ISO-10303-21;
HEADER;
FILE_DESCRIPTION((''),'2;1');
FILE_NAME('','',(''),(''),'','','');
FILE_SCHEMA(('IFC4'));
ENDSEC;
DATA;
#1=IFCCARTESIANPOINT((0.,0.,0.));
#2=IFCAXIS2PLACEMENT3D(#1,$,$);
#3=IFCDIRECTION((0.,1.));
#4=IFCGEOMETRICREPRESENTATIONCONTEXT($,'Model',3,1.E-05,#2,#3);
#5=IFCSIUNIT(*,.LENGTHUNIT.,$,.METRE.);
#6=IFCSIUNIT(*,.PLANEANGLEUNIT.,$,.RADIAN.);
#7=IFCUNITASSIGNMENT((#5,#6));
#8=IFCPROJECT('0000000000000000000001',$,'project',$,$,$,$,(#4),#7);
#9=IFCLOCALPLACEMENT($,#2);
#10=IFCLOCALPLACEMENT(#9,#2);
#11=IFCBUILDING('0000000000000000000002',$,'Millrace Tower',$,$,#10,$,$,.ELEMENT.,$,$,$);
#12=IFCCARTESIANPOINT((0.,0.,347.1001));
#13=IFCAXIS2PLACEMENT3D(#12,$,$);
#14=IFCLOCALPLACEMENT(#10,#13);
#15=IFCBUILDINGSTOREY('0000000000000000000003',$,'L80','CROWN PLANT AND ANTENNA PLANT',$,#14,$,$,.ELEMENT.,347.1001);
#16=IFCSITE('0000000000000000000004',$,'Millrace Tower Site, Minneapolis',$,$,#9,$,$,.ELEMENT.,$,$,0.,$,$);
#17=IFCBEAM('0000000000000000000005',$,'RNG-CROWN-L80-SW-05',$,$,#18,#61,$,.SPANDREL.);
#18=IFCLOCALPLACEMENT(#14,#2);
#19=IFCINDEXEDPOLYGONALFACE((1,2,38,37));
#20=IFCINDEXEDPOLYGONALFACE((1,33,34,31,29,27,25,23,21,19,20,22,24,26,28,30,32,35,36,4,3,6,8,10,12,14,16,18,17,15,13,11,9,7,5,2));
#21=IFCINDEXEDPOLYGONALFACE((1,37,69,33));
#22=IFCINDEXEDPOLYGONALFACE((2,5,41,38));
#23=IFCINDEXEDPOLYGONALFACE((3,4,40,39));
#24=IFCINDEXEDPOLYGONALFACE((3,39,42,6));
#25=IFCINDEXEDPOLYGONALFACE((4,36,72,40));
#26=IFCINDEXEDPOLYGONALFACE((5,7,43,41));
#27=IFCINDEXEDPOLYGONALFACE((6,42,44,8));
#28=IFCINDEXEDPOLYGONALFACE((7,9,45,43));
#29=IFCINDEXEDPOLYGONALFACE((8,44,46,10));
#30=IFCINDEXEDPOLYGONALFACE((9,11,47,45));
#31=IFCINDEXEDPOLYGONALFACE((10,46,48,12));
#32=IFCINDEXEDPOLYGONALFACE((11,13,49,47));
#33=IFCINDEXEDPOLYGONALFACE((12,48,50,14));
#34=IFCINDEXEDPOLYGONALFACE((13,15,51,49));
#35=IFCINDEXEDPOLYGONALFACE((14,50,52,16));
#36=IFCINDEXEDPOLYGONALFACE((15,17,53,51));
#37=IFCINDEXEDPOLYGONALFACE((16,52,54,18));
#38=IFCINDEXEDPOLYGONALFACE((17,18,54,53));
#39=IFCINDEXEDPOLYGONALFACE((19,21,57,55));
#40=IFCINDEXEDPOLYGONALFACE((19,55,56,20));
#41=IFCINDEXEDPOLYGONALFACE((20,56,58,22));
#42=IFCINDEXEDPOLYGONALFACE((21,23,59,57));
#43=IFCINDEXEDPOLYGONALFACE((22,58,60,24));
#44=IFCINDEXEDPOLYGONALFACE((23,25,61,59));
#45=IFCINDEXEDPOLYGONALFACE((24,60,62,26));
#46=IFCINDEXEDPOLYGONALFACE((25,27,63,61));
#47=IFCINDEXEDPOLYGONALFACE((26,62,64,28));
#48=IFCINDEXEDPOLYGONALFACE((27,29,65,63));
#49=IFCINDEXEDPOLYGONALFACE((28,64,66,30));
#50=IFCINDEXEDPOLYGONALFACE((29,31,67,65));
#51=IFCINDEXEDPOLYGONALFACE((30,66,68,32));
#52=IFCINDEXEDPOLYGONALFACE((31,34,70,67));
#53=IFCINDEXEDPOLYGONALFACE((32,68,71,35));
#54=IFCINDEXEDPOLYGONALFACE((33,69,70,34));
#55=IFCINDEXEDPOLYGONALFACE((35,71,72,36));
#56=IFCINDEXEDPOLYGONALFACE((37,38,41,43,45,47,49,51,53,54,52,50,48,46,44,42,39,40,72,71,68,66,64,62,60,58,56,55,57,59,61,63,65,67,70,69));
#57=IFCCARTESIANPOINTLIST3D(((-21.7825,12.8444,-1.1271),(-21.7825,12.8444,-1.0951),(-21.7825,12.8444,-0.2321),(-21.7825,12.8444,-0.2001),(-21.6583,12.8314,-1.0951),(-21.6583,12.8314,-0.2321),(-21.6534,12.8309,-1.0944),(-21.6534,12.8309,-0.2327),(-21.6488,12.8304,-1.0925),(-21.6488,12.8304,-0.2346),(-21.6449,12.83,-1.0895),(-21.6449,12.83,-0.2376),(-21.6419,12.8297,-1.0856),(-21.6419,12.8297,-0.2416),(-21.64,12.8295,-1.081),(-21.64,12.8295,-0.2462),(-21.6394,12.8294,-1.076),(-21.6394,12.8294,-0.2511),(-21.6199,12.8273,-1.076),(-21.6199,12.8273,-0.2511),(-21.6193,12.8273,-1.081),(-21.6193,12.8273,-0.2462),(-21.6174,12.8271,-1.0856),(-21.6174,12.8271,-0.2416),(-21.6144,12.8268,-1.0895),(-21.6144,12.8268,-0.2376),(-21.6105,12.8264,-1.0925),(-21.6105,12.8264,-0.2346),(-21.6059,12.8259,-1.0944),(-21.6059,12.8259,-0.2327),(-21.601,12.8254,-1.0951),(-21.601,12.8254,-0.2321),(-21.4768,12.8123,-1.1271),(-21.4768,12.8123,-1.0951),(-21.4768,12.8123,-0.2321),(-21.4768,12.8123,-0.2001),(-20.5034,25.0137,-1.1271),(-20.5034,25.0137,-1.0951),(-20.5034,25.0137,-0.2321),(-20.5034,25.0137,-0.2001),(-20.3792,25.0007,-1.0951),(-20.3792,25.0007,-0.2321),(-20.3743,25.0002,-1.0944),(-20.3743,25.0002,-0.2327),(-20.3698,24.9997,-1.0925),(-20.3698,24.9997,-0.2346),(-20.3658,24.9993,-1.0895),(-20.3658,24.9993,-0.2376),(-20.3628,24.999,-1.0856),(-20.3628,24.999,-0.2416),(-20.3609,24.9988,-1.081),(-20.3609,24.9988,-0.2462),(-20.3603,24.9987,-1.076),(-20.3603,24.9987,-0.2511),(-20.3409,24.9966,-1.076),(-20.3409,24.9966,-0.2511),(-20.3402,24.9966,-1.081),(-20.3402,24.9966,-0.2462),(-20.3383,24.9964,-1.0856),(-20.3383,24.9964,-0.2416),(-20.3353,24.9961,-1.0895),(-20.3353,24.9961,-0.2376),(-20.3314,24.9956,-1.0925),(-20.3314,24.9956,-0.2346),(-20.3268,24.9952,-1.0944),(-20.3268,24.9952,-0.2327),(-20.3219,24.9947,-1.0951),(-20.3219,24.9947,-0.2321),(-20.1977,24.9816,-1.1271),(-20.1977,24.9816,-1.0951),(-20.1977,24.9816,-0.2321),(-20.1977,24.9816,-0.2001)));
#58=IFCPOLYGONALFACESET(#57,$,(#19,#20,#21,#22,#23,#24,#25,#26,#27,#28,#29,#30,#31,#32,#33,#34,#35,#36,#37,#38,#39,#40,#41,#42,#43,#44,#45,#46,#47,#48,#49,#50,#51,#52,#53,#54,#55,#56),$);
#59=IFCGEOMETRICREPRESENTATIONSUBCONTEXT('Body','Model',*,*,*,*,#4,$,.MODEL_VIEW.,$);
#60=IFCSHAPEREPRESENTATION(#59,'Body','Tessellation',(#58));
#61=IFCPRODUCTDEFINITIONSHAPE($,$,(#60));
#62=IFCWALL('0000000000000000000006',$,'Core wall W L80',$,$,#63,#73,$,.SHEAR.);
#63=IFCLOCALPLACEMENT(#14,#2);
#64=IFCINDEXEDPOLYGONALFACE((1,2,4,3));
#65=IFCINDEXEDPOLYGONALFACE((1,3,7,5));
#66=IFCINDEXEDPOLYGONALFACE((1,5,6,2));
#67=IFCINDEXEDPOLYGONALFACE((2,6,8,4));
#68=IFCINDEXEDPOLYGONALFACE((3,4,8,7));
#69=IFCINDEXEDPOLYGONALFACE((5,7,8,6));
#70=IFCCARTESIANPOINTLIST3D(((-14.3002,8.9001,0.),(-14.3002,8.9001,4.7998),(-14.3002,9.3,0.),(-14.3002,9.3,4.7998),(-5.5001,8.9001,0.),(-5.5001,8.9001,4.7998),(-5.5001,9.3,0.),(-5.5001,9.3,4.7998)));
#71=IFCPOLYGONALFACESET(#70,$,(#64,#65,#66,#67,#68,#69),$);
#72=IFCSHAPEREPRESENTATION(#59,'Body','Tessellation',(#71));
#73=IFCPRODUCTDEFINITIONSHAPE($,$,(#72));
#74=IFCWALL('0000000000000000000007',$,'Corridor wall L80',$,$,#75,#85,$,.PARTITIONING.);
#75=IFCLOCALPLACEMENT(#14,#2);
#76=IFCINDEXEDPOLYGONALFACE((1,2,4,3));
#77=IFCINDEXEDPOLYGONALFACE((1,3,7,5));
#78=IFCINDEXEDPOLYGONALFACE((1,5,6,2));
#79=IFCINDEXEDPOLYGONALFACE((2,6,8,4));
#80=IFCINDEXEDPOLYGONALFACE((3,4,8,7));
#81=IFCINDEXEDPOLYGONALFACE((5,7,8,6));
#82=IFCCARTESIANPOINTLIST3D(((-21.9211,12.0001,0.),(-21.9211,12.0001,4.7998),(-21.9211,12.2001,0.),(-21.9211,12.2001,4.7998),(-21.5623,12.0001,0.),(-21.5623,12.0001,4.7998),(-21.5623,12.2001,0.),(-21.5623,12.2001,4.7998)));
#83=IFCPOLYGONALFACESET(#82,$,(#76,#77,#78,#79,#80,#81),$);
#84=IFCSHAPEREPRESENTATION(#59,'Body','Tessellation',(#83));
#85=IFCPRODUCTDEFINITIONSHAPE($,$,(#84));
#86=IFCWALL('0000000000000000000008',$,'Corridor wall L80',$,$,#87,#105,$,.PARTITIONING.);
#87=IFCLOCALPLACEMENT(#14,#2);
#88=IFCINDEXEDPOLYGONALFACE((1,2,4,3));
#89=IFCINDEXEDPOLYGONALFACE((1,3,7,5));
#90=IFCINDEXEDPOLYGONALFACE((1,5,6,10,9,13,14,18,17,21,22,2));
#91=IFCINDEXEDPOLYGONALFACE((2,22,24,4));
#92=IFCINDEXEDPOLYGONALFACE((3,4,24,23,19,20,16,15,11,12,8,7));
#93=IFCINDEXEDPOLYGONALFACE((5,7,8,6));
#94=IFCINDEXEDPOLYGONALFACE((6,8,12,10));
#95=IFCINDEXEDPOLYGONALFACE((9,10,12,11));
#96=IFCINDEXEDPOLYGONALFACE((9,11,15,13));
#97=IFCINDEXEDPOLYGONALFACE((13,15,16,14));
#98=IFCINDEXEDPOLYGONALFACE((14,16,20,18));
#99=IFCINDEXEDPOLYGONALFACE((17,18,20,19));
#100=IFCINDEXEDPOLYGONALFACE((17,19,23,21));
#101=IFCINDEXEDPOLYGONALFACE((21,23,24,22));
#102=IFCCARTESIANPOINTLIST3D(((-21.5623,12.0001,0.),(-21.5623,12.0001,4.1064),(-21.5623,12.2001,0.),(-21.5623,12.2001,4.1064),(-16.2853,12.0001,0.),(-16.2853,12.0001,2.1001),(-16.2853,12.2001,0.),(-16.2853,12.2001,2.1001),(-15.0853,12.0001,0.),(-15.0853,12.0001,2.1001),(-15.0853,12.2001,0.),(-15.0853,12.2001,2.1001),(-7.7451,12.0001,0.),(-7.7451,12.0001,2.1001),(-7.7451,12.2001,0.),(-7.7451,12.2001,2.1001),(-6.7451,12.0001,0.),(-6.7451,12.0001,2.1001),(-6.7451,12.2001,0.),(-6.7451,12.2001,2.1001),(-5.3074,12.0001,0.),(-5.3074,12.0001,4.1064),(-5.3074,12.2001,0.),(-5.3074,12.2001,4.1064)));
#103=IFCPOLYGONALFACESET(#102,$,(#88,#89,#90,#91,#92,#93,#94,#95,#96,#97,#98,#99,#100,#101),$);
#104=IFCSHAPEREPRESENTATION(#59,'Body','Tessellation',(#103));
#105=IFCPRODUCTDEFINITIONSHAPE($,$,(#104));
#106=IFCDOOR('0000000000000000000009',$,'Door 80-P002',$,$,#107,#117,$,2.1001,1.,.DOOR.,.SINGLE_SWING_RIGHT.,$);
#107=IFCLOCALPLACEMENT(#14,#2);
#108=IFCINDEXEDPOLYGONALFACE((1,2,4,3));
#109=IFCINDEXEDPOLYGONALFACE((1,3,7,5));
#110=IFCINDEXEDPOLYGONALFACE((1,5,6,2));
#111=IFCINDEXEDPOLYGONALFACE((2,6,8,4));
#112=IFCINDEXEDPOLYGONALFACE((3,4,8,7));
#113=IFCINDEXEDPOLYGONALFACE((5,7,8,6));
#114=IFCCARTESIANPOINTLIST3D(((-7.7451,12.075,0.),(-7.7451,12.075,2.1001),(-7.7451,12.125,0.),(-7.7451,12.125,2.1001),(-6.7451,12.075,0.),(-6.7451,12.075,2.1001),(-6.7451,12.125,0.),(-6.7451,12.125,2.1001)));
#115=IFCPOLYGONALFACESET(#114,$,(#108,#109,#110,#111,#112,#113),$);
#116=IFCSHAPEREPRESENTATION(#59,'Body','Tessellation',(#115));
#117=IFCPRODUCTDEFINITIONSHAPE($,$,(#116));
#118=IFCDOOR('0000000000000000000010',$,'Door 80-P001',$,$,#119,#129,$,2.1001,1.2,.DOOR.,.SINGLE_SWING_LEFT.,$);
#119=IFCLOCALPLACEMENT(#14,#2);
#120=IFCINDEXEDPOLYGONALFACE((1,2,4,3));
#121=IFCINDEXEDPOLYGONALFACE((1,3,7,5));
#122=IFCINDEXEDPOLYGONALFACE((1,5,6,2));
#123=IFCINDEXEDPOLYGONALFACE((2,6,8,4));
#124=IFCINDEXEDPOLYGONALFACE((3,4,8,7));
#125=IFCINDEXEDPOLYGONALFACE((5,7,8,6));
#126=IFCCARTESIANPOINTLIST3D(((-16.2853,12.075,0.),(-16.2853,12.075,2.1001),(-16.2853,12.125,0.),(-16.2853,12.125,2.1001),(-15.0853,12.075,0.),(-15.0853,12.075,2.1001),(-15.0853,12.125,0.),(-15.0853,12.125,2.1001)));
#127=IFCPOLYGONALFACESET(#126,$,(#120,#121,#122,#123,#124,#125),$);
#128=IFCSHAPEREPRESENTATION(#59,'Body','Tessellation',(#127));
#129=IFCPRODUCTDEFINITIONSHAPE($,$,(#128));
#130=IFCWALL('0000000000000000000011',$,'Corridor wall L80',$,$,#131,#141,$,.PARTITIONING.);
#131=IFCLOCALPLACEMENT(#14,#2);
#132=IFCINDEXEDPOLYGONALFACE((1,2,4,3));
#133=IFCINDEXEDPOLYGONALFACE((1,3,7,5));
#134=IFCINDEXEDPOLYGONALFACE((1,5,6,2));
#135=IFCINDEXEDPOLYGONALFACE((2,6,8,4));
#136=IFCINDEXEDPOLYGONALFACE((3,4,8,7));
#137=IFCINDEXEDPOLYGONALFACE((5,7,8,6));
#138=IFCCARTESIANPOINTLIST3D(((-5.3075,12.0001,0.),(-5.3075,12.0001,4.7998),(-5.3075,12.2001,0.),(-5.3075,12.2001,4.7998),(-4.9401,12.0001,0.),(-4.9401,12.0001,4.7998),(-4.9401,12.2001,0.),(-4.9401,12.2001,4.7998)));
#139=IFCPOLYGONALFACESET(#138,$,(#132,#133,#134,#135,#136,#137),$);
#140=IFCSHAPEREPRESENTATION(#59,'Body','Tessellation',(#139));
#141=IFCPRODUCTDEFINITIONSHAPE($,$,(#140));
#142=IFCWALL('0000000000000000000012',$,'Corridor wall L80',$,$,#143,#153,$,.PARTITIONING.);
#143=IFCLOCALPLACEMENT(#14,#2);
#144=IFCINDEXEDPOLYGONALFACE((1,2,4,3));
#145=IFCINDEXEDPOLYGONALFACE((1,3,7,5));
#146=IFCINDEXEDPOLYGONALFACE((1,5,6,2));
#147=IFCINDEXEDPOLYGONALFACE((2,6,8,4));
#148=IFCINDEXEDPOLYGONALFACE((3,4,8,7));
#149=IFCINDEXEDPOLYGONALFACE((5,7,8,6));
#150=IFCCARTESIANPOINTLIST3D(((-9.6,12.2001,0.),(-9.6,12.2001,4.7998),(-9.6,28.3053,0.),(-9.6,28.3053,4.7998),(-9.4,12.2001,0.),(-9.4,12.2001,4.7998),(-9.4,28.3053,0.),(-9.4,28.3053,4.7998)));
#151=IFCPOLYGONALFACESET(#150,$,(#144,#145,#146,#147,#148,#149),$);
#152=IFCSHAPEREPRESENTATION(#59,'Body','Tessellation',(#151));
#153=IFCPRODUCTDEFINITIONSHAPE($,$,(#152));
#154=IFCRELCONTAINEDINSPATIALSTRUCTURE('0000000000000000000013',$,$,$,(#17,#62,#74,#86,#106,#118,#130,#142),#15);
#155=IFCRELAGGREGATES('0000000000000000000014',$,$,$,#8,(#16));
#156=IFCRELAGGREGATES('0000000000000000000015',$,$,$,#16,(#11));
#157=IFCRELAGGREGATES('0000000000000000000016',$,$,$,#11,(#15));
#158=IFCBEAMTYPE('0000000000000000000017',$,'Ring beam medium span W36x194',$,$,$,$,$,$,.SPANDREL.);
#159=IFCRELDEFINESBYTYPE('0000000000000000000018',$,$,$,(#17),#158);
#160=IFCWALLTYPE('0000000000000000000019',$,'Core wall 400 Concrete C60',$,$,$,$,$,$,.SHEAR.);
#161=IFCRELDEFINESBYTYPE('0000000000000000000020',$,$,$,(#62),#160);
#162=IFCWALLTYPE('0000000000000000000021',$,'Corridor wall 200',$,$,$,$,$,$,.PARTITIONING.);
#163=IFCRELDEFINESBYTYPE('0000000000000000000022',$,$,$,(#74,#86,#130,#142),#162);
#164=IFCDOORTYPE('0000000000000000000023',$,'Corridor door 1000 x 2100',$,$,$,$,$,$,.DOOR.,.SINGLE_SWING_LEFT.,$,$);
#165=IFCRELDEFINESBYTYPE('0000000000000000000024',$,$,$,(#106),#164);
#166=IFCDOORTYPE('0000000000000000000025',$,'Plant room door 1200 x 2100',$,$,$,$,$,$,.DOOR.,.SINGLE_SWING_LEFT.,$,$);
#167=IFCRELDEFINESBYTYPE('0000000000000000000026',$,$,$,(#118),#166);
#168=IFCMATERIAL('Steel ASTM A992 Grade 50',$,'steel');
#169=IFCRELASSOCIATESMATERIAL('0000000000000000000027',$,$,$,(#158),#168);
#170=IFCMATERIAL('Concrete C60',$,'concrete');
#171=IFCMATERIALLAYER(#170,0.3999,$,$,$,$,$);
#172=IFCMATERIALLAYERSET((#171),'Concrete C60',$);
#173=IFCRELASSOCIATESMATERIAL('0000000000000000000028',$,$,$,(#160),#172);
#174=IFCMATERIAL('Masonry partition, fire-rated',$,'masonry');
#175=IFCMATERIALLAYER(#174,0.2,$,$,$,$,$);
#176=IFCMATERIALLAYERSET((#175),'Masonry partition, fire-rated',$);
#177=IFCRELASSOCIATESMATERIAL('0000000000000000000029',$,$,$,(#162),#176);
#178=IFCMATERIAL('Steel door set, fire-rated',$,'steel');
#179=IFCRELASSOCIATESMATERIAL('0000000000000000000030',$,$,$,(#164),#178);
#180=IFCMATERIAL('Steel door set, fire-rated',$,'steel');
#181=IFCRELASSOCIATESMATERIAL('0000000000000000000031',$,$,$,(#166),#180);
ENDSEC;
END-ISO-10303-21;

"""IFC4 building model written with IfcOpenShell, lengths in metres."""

from ifc_helpers import new_model, si_unit, direction, frame, frame_2d, origin, origin_2d, place, context, subcontext, project, spatial, rectangle, i_section, extrude, material, layer, layer_set, material_profile, profile_set, type_object, element, fill, save


model = new_model("IFC4")

# Units and contexts
model_context = context("Model", 3, precision=1e-05, world=origin(), true_north=direction((0.0, 1.0)))
body_context = subcontext(model_context, "Body", "Model", "MODEL_VIEW")
ifc_project = project(units=[si_unit("LENGTHUNIT", "METRE"), si_unit("PLANEANGLEUNIT", "RADIAN")], contexts=[model_context])

# Site, building, storey
site_placement = place(None, origin())
site = spatial("IfcSite", under=ifc_project, at=site_placement, Name="Millrace Tower Site, Minneapolis", CompositionType="ELEMENT", RefElevation=0.0)
building_placement = place(site_placement, origin())
building = spatial("IfcBuilding", under=site, at=building_placement, Name="Millrace Tower", CompositionType="ELEMENT")
storey_placement = place(building_placement, frame((0.0, 0.0, 347.1001)))
storey = spatial("IfcBuildingStorey", under=building, at=storey_placement, Name="L80", Description="CROWN PLANT AND ANTENNA PLANT", CompositionType="ELEMENT", Elevation=347.1001)

# Beam
ifc_material_1 = material(Name="Steel ASTM A992 Grade 50", Category="steel")
ifc_material_profile_1 = material_profile(ifc_material_1, i_section(OverallWidth=0.3074, OverallDepth=0.927, WebThickness=0.0195, FlangeThickness=0.032, FilletRadius=0.019, at=origin_2d()))
ifc_profile_set_1 = profile_set([ifc_material_profile_1], Name="Steel ASTM A992 Grade 50")
beam_type_1 = type_object("IfcBeamType", Name="Ring beam medium span W36x194", PredefinedType="SPANDREL", material=ifc_profile_set_1)
beam_1_placement = place(storey_placement, frame((-21.6296, 12.8284, -0.6636), z_axis=(0.10453, 0.994522, 0.0), x_axis=(-0.994522, 0.10453, 0.0)))
element("IfcBeam", 1, at=beam_1_placement, inside=storey, type_object=beam_type_1, Name="RNG-CROWN-L80-SW-05", PredefinedType="SPANDREL", context=body_context, shape_type="SweptSolid", body=[
    extrude(i_section(OverallWidth=0.3074, OverallDepth=0.927, WebThickness=0.0195, FlangeThickness=0.032, FilletRadius=0.019, at=origin_2d()), origin(), (0.0, 0.0, 1.0), 12.2363),
])

# Walls
ifc_material_2 = material(Name="Concrete C60", Category="concrete")
ifc_layer_1 = layer(ifc_material_2, 0.3999)
ifc_layer_set_1 = layer_set([ifc_layer_1], Name="Concrete C60")
wall_type_1 = type_object("IfcWallType", Name="Core wall 400 Concrete C60", PredefinedType="SHEAR", material=ifc_layer_set_1)
wall_1_placement = place(storey_placement, frame((-14.3, 9.1001, 0.0), z_axis=(0.0, 0.0, 1.0), x_axis=(1.0, 0.0, 0.0)))
element("IfcWall", 2, at=wall_1_placement, inside=storey, type_object=wall_type_1, Name="Core wall W L80", PredefinedType="SHEAR", context=body_context, shape_type="SweptSolid", body=[
    extrude(rectangle(XDim=8.8, YDim=0.3999, at=frame_2d((4.3999, 0.0))), origin(), (0.0, 0.0, 1.0), 4.7998),
])
ifc_material_3 = material(Name="Masonry partition, fire-rated", Category="masonry")
ifc_layer_2 = layer(ifc_material_3, 0.2)
ifc_layer_set_2 = layer_set([ifc_layer_2], Name="Masonry partition, fire-rated")
wall_type_2 = type_object("IfcWallType", Name="Corridor wall 200", PredefinedType="PARTITIONING", material=ifc_layer_set_2)
wall_2_placement = place(storey_placement, frame((-21.9211, 12.1001, 0.0), z_axis=(0.0, 0.0, 1.0), x_axis=(1.0, 0.0, 0.0)))
element("IfcWall", 3, at=wall_2_placement, inside=storey, type_object=wall_type_2, Name="Corridor wall L80", PredefinedType="PARTITIONING", context=body_context, shape_type="SweptSolid", body=[
    extrude(rectangle(XDim=0.3589, YDim=0.2, at=frame_2d((0.1794, 0.0))), origin(), (0.0, 0.0, 1.0), 4.7998),
])

# Wall, openings, doors
wall_3_placement = place(storey_placement, frame((-21.5623, 12.1001, 0.0), z_axis=(0.0, 0.0, 1.0), x_axis=(1.0, 0.0, 0.0)))
wall_3 = element("IfcWall", 4, at=wall_3_placement, inside=storey, type_object=wall_type_2, Name="Corridor wall L80", PredefinedType="PARTITIONING", context=body_context, shape_type="SweptSolid", body=[
    extrude(rectangle(XDim=16.2549, YDim=0.2, at=frame_2d((8.1274, 0.0))), origin(), (0.0, 0.0, 1.0), 4.1064),
])
opening_1_placement = place(wall_3_placement, frame((5.2769, 0.0, 0.0)))
opening_1 = element("IfcOpeningElement", 5, at=opening_1_placement, cuts=wall_3, PredefinedType="OPENING", context=body_context, shape_type="SweptSolid", body=[
    extrude(rectangle(XDim=1.2, YDim=2.1001, at=frame_2d((0.6001, 1.05))), frame((0.0, 0.1099, 0.0), z_axis=(0.0, -1.0, 0.0), x_axis=(1.0, 0.0, 0.0)), (0.0, 0.0, 1.0), 0.22),
])
opening_2_placement = place(wall_3_placement, frame((13.8171, 0.0, 0.0)))
opening_2 = element("IfcOpeningElement", 6, at=opening_2_placement, cuts=wall_3, PredefinedType="OPENING", context=body_context, shape_type="SweptSolid", body=[
    extrude(rectangle(XDim=1.0, YDim=2.1001, at=frame_2d((0.5, 1.05))), frame((0.0, 0.1099, 0.0), z_axis=(0.0, -1.0, 0.0), x_axis=(1.0, 0.0, 0.0)), (0.0, 0.0, 1.0), 0.22),
])
ifc_material_4 = material(Name="Steel door set, fire-rated", Category="steel")
door_type_1 = type_object("IfcDoorType", Name="Corridor door 1000 x 2100", OperationType="SINGLE_SWING_LEFT", PredefinedType="DOOR", material=ifc_material_4)
door_1_placement = place(opening_2_placement, origin())
door_1 = element("IfcDoor", 7, at=door_1_placement, inside=storey, type_object=door_type_1, Name="Door 80-P002", OperationType="SINGLE_SWING_RIGHT", OverallHeight=2.1001, OverallWidth=1.0, PredefinedType="DOOR", context=body_context, shape_type="SweptSolid", body=[
    extrude(rectangle(XDim=1.0, YDim=2.1001, at=frame_2d((0.5, 1.05))), frame((0.0, 0.0249, 0.0), z_axis=(0.0, -1.0, 0.0), x_axis=(1.0, 0.0, 0.0)), (0.0, 0.0, 1.0), 0.05),
])
fill(opening_2, door_1)
ifc_material_5 = material(Name="Steel door set, fire-rated", Category="steel")
door_type_2 = type_object("IfcDoorType", Name="Plant room door 1200 x 2100", OperationType="SINGLE_SWING_LEFT", PredefinedType="DOOR", material=ifc_material_5)
door_2_placement = place(opening_1_placement, origin())
door_2 = element("IfcDoor", 8, at=door_2_placement, inside=storey, type_object=door_type_2, Name="Door 80-P001", OperationType="SINGLE_SWING_LEFT", OverallHeight=2.1001, OverallWidth=1.2, PredefinedType="DOOR", context=body_context, shape_type="SweptSolid", body=[
    extrude(rectangle(XDim=1.2, YDim=2.1001, at=frame_2d((0.6001, 1.05))), frame((0.0, 0.0249, 0.0), z_axis=(0.0, -1.0, 0.0), x_axis=(1.0, 0.0, 0.0)), (0.0, 0.0, 1.0), 0.05),
])
fill(opening_1, door_2)

# Walls
wall_4_placement = place(storey_placement, frame((-5.3074, 12.1001, 0.0), z_axis=(0.0, 0.0, 1.0), x_axis=(1.0, 0.0, 0.0)))
element("IfcWall", 9, at=wall_4_placement, inside=storey, type_object=wall_type_2, Name="Corridor wall L80", PredefinedType="PARTITIONING", context=body_context, shape_type="SweptSolid", body=[
    extrude(rectangle(XDim=0.3674, YDim=0.2, at=frame_2d((0.1836, 0.0))), origin(), (0.0, 0.0, 1.0), 4.7998),
])
wall_5_placement = place(storey_placement, frame((-9.5, 12.2, 0.0), z_axis=(0.0, 0.0, 1.0), x_axis=(0.0, 1.0, 0.0)))
element("IfcWall", 10, at=wall_5_placement, inside=storey, type_object=wall_type_2, Name="Corridor wall L80", PredefinedType="PARTITIONING", context=body_context, shape_type="SweptSolid", body=[
    extrude(rectangle(XDim=16.1052, YDim=0.2, at=frame_2d((8.0527, 0.0))), origin(), (0.0, 0.0, 1.0), 4.7998),
])

save(model, "model.ifc")
